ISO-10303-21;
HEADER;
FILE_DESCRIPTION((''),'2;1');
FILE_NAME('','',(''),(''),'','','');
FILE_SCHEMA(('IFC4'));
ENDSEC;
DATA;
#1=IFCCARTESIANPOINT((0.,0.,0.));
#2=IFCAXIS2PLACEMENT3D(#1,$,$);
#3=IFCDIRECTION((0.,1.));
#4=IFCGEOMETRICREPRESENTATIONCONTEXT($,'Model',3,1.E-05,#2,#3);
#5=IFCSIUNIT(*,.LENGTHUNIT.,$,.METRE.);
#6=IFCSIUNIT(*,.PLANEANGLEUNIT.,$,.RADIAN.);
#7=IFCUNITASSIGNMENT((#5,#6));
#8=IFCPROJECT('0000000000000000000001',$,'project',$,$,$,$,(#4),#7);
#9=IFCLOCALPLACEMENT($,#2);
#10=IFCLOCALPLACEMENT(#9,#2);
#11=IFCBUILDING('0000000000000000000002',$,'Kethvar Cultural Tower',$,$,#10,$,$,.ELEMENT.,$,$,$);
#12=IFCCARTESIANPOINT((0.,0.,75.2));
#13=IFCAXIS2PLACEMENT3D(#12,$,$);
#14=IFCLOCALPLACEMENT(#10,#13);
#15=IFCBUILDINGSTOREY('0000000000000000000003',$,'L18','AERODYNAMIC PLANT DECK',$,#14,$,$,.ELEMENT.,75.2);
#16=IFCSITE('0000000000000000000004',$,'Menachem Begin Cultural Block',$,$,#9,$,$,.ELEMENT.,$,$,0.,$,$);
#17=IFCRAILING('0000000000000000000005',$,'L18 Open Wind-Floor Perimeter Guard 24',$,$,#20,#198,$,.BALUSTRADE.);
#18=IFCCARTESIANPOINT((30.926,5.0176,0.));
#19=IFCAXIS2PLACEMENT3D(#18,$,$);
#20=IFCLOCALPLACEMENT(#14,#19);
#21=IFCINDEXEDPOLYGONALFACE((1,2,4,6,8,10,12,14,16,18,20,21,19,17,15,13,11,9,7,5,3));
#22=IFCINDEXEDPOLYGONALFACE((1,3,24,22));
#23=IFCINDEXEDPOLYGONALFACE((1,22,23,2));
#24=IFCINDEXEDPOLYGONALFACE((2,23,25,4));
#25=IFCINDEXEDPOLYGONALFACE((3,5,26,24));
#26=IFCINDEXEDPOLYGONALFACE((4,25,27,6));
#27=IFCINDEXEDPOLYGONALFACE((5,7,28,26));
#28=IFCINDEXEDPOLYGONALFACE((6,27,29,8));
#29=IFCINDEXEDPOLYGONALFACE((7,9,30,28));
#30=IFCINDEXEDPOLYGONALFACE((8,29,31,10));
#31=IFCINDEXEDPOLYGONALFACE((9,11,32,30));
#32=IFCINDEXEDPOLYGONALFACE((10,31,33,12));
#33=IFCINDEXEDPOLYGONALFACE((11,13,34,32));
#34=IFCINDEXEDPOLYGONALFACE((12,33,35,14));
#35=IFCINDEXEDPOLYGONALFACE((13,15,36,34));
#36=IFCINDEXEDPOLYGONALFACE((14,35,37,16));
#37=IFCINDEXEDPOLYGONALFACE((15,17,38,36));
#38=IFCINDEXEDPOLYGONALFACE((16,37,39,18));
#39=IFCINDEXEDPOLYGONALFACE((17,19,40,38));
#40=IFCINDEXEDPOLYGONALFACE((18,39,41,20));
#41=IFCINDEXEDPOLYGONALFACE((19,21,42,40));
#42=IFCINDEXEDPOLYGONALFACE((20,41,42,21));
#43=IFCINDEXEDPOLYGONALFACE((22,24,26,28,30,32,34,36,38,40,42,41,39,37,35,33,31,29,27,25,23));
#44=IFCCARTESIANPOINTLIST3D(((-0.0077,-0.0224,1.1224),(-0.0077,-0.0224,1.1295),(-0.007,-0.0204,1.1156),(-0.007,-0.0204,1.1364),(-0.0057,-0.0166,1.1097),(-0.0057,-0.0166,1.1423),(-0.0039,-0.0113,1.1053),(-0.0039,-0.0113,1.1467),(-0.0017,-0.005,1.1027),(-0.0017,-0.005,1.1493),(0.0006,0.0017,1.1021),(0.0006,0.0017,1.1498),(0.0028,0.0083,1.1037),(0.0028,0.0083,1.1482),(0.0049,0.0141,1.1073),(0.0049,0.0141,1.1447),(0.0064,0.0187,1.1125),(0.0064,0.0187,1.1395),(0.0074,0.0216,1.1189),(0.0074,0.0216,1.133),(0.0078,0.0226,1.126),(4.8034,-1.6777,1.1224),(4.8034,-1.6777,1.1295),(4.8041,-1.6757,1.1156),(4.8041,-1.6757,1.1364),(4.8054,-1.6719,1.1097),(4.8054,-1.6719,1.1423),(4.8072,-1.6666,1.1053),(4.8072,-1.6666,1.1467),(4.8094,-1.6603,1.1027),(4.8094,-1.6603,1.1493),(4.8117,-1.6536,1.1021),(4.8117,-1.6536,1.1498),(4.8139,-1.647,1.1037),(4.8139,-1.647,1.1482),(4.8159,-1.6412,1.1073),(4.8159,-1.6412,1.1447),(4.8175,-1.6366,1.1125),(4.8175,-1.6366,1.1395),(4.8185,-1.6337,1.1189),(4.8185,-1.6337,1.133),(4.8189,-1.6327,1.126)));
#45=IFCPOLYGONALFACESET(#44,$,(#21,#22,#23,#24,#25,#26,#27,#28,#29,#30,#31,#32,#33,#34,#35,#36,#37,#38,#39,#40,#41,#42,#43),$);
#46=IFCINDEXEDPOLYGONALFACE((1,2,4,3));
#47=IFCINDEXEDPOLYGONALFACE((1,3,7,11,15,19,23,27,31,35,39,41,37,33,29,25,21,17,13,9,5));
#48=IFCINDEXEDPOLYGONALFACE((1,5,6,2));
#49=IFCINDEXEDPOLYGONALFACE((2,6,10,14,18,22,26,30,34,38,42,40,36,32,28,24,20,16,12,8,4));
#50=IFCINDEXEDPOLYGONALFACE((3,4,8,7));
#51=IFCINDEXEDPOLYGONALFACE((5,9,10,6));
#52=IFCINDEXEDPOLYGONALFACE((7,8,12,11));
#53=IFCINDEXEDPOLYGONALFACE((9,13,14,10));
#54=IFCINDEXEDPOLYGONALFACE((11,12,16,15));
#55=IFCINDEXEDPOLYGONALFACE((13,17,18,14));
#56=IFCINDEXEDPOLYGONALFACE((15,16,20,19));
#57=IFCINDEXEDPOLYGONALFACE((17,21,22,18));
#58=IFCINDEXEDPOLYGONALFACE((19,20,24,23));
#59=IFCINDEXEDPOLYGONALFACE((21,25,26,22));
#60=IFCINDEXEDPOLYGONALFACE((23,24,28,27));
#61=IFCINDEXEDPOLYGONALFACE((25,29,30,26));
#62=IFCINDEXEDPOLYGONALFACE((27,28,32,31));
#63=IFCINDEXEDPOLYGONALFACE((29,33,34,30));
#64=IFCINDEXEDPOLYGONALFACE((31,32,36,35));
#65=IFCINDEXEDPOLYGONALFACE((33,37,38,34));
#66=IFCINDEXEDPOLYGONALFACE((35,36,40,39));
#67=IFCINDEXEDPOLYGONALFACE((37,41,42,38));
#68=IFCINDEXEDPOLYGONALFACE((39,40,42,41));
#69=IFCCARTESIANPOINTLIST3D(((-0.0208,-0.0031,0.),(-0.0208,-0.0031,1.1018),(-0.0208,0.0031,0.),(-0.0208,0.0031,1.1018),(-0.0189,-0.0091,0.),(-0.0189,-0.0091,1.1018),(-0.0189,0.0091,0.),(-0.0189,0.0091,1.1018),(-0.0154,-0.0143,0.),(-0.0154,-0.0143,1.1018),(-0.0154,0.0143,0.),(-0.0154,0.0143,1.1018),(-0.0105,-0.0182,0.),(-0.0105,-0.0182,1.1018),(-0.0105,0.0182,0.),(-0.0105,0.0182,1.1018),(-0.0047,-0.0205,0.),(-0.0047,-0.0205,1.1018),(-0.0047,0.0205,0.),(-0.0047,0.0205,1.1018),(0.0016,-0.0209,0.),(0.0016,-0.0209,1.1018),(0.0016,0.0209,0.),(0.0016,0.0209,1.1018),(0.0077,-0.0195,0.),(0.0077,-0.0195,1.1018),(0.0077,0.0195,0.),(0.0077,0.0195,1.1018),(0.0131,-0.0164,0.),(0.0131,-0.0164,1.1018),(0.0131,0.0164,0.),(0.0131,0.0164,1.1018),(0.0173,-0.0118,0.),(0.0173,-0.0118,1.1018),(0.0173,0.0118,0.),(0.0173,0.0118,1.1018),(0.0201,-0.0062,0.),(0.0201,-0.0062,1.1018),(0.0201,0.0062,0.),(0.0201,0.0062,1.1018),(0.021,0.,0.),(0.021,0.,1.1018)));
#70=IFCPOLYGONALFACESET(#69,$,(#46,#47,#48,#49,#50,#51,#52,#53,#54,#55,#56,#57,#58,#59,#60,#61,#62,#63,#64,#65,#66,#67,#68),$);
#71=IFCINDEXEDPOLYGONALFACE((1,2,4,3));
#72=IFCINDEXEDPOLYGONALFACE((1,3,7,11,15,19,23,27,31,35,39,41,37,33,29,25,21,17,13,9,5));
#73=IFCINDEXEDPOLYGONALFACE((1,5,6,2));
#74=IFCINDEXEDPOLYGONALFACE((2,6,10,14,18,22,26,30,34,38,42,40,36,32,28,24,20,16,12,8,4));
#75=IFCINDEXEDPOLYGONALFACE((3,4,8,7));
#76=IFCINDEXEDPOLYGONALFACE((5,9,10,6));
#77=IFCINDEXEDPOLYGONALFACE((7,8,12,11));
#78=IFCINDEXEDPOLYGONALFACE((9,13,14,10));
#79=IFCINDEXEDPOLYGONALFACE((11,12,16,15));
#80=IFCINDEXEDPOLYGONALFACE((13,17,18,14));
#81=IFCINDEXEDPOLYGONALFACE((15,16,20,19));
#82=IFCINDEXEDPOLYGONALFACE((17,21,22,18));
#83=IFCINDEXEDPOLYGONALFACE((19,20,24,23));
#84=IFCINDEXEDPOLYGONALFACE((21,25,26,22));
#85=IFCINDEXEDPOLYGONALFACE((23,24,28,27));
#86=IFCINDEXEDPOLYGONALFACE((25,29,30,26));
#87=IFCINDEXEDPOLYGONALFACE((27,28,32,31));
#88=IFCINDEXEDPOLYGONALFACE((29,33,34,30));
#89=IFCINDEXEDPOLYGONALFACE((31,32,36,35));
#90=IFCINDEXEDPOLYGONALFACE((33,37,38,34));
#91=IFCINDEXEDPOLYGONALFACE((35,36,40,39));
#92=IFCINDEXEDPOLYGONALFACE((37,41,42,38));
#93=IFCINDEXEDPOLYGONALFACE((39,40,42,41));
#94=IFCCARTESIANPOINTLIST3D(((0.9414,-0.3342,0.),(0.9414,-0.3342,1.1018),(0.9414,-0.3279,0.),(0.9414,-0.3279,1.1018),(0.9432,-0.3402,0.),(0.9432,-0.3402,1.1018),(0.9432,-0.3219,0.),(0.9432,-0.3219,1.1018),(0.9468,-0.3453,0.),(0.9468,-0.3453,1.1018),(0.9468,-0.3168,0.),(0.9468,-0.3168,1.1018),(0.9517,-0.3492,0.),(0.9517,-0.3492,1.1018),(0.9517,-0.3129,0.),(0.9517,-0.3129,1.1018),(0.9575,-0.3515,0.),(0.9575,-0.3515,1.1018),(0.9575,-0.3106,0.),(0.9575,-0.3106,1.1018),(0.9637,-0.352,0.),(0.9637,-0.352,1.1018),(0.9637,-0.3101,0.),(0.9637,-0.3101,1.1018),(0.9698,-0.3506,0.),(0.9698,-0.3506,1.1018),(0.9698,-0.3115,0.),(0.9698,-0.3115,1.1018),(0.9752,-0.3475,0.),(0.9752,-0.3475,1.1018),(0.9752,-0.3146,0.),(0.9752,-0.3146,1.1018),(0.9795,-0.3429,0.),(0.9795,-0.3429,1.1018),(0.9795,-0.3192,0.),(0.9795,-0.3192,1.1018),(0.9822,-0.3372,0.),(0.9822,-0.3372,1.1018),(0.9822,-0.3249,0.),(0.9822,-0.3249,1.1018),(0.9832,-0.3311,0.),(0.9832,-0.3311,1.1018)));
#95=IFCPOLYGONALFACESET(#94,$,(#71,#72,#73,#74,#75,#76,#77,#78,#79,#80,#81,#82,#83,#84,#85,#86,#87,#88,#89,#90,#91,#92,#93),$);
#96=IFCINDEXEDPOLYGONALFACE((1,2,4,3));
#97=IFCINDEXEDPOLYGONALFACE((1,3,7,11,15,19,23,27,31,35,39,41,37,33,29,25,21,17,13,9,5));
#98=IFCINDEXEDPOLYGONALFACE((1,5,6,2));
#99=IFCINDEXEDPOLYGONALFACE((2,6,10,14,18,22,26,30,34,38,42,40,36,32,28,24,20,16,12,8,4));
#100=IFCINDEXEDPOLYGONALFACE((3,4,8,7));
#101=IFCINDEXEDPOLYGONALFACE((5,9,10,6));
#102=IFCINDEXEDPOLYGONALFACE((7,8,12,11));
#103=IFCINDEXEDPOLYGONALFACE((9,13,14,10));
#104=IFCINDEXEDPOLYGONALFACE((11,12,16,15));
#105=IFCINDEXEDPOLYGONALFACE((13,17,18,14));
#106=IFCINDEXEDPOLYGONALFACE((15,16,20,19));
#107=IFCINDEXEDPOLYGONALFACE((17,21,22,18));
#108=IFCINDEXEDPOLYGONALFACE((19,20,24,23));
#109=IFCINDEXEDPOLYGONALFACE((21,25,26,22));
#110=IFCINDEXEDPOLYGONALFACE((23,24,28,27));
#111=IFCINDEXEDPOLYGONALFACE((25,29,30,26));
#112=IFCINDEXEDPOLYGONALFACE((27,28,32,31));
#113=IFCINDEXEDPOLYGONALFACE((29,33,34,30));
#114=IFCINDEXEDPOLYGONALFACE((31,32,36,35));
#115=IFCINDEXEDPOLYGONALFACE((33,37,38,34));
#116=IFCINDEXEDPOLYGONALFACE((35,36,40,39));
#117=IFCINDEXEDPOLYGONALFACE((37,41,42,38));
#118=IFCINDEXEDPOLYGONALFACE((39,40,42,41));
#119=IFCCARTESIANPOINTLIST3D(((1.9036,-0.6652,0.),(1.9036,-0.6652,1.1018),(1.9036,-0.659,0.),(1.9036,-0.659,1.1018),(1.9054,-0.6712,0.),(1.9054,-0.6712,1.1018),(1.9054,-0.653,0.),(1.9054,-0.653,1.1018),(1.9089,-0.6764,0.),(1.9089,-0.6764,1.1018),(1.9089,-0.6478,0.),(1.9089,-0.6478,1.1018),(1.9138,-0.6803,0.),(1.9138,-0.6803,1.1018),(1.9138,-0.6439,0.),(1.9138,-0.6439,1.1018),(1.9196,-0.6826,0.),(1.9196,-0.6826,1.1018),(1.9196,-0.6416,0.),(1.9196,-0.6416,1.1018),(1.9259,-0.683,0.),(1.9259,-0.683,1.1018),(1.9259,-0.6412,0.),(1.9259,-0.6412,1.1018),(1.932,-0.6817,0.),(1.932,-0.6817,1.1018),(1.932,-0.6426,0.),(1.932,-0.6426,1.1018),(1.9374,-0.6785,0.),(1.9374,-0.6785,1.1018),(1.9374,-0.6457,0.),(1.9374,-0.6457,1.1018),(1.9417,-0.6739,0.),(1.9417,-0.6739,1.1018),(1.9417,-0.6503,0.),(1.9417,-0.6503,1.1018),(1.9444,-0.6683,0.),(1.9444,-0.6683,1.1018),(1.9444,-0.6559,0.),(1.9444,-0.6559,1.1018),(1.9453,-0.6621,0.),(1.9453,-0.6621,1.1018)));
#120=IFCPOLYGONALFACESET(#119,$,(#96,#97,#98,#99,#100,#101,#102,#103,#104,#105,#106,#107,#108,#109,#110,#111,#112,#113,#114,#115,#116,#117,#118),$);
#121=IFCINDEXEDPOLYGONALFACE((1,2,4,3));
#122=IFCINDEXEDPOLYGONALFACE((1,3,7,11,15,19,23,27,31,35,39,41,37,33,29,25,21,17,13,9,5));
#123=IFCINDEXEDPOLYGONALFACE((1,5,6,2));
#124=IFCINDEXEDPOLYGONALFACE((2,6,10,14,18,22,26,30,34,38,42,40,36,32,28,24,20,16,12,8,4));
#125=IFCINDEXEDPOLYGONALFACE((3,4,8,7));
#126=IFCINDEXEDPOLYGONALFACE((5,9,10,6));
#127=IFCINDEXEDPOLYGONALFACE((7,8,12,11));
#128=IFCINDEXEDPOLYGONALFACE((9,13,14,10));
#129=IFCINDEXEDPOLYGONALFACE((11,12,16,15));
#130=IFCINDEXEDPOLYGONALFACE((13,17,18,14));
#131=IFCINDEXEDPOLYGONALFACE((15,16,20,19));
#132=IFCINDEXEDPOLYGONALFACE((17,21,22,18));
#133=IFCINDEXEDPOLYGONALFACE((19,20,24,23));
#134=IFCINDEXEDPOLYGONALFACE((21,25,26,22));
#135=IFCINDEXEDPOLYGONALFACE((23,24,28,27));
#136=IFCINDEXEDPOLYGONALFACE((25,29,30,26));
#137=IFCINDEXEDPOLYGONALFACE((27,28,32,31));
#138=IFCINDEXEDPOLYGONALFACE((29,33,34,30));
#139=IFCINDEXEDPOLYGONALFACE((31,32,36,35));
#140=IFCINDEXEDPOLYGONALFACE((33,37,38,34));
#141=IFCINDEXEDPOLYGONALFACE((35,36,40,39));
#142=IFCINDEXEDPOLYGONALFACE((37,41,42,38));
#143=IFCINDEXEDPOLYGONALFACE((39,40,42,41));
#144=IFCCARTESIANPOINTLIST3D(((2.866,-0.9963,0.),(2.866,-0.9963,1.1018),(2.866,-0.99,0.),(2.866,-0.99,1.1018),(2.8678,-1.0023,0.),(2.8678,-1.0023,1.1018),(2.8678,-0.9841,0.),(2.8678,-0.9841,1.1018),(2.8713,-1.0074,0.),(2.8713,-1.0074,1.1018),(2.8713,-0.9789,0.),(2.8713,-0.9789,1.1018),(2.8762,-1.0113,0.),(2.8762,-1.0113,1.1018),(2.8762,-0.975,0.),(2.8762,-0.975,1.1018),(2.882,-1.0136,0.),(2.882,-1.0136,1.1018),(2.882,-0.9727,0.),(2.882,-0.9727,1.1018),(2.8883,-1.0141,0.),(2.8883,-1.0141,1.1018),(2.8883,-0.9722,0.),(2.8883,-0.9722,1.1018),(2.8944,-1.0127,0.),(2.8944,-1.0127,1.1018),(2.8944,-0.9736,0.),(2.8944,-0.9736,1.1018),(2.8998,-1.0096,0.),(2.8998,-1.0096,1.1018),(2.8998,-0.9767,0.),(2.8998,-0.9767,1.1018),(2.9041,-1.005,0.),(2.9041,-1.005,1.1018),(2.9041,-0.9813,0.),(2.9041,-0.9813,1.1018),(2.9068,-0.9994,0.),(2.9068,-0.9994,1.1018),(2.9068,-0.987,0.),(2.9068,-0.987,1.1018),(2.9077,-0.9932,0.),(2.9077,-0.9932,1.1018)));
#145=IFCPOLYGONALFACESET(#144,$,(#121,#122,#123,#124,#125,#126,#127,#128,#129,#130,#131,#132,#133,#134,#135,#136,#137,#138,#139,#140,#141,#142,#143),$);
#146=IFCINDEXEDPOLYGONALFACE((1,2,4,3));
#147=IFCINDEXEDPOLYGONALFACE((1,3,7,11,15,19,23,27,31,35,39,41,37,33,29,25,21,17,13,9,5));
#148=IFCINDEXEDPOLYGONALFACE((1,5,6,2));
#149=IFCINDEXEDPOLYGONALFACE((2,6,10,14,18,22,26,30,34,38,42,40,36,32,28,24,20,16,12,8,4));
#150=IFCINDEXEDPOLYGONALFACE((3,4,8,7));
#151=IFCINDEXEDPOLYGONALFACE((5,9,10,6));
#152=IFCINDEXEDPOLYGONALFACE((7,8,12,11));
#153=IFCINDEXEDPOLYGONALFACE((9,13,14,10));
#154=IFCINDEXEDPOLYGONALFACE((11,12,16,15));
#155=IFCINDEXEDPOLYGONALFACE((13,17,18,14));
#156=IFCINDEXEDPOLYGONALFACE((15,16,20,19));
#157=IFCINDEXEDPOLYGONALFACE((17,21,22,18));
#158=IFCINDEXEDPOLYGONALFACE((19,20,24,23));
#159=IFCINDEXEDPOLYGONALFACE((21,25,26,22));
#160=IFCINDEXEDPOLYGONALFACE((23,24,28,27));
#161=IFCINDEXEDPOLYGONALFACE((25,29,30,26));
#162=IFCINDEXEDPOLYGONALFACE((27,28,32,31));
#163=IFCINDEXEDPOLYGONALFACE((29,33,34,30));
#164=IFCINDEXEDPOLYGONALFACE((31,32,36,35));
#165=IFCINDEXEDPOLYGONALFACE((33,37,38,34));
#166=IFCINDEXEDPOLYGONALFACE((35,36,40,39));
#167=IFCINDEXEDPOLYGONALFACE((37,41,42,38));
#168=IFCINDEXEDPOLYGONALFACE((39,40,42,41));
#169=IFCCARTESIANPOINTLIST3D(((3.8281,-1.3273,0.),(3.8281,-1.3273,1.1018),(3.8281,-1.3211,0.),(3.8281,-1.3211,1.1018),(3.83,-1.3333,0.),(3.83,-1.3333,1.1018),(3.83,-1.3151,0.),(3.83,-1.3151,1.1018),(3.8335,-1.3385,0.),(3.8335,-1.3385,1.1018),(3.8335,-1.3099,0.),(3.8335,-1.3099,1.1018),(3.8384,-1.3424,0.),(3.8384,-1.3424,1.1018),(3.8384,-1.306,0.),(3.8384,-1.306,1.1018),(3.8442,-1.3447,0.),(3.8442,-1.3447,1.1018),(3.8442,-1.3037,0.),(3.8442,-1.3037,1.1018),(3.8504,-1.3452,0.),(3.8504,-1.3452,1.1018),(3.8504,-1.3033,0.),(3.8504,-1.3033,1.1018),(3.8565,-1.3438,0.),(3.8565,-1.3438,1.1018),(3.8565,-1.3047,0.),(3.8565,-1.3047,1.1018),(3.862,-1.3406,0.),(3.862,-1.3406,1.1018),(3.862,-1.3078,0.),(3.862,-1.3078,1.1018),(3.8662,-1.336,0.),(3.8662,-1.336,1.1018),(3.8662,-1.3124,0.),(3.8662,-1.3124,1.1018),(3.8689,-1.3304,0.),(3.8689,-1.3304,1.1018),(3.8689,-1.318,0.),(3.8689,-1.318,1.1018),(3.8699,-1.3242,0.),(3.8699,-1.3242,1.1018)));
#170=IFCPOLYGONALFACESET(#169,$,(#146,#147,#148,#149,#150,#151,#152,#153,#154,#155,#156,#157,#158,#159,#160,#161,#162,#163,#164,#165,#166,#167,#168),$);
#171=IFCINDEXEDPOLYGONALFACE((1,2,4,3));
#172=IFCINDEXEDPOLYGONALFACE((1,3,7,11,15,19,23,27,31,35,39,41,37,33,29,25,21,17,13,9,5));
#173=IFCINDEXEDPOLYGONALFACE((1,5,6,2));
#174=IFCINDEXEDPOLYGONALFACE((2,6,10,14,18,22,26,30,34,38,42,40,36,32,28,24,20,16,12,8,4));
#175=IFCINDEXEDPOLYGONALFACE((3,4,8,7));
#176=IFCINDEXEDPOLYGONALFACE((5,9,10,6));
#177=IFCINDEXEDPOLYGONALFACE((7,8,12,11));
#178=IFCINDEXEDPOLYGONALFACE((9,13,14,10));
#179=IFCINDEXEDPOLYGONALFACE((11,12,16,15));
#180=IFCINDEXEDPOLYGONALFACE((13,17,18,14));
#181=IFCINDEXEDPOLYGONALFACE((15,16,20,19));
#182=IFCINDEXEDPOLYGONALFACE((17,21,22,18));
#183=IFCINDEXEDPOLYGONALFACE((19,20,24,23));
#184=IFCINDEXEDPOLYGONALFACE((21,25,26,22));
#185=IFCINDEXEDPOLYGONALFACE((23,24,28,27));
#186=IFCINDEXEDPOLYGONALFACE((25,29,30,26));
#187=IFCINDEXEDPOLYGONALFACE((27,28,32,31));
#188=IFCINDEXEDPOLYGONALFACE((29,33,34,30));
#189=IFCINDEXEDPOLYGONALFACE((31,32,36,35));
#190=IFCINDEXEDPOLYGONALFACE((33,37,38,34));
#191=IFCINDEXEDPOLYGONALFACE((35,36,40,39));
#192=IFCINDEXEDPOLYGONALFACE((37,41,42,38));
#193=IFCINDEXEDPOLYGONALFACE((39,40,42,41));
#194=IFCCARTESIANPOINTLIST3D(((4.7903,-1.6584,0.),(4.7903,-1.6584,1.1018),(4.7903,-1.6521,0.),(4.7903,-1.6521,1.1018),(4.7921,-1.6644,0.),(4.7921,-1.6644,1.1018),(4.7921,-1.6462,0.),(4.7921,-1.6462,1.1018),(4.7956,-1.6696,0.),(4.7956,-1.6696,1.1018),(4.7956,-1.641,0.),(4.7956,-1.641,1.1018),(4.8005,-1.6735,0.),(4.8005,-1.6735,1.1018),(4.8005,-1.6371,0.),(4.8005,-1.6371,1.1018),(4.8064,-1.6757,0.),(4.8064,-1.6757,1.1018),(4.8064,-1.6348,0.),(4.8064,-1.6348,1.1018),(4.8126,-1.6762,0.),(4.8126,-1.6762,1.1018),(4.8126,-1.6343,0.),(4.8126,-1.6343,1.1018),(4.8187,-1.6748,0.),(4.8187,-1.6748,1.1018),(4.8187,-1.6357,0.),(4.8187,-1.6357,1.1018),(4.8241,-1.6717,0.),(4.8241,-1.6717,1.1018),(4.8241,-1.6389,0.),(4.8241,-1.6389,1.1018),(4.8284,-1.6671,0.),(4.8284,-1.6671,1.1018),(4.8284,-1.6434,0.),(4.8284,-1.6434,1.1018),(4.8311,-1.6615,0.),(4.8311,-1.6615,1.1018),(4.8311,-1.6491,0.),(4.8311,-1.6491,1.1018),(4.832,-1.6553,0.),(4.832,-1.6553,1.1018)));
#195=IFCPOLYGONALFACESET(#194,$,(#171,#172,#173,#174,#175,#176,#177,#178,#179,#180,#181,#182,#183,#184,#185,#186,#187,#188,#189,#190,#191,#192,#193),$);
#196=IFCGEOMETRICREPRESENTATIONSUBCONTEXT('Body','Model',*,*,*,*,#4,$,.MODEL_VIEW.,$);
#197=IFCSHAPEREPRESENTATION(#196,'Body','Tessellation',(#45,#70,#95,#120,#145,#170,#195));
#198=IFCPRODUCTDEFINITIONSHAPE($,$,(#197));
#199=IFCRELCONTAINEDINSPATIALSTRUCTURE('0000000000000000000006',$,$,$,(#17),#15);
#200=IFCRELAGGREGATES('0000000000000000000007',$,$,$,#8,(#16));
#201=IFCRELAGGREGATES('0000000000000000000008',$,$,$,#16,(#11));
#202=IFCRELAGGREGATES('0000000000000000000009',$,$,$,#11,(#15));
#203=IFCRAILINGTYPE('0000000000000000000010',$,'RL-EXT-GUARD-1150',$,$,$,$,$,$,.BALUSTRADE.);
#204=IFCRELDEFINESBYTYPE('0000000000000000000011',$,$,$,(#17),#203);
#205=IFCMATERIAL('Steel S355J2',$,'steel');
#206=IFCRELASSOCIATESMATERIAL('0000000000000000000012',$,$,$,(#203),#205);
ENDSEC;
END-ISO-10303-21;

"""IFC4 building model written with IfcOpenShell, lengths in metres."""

from ifc_helpers import new_model, si_unit, direction, frame, origin, origin_2d, place, context, subcontext, project, spatial, circle, extrude, material, type_object, element, save


model = new_model("IFC4")

# Units and contexts
model_context = context("Model", 3, precision=1e-05, world=origin(), true_north=direction((0.0, 1.0)))
body_context = subcontext(model_context, "Body", "Model", "MODEL_VIEW")
ifc_project = project(units=[si_unit("LENGTHUNIT", "METRE"), si_unit("PLANEANGLEUNIT", "RADIAN")], contexts=[model_context])

# Site, building, storey
site_placement = place(None, origin())
site = spatial("IfcSite", under=ifc_project, at=site_placement, Name="Menachem Begin Cultural Block", CompositionType="ELEMENT", RefElevation=0.0)
building_placement = place(site_placement, origin())
building = spatial("IfcBuilding", under=site, at=building_placement, Name="Kethvar Cultural Tower", CompositionType="ELEMENT")
storey_placement = place(building_placement, frame((0.0, 0.0, 75.2)))
storey = spatial("IfcBuildingStorey", under=building, at=storey_placement, Name="L18", Description="AERODYNAMIC PLANT DECK", CompositionType="ELEMENT", Elevation=75.2)

# Shared definitions
ifc_material_1 = material(Name="Steel S355J2", Category="steel")

# Railing
railing_type = type_object("IfcRailingType", Name="RL-EXT-GUARD-1150", PredefinedType="BALUSTRADE", material=ifc_material_1)
railing_1_placement = place(storey_placement, frame((30.926, 5.0176, 0.0)))
element("IfcRailing", 1, at=railing_1_placement, inside=storey, type_object=railing_type, Name="L18 Open Wind-Floor Perimeter Guard 24", PredefinedType="BALUSTRADE", context=body_context, shape_type="SweptSolid", body=[
    extrude(circle(Radius=0.0239, at=origin_2d()), frame((0.0, 0.0, 1.126), z_axis=(0.945597, -0.32534, 0.0), x_axis=(0.32534, 0.945597, 0.0)), (0.0, 0.0, 1.0), 5.0879),
    extrude(circle(Radius=0.021, at=origin_2d()), origin(), (0.0, 0.0, 1.0), 1.1018),
    extrude(circle(Radius=0.021, at=origin_2d()), frame((0.9622, -0.3311, 0.0)), (0.0, 0.0, 1.0), 1.1018),
    extrude(circle(Radius=0.021, at=origin_2d()), frame((1.9243, -0.6621, 0.0)), (0.0, 0.0, 1.0), 1.1018),
    extrude(circle(Radius=0.021, at=origin_2d()), frame((2.8867, -0.9932, 0.0)), (0.0, 0.0, 1.0), 1.1018),
    extrude(circle(Radius=0.021, at=origin_2d()), frame((3.8489, -1.3242, 0.0)), (0.0, 0.0, 1.0), 1.1018),
    extrude(circle(Radius=0.021, at=origin_2d()), frame((4.811, -1.6553, 0.0)), (0.0, 0.0, 1.0), 1.1018),
])

save(model, "model.ifc")
